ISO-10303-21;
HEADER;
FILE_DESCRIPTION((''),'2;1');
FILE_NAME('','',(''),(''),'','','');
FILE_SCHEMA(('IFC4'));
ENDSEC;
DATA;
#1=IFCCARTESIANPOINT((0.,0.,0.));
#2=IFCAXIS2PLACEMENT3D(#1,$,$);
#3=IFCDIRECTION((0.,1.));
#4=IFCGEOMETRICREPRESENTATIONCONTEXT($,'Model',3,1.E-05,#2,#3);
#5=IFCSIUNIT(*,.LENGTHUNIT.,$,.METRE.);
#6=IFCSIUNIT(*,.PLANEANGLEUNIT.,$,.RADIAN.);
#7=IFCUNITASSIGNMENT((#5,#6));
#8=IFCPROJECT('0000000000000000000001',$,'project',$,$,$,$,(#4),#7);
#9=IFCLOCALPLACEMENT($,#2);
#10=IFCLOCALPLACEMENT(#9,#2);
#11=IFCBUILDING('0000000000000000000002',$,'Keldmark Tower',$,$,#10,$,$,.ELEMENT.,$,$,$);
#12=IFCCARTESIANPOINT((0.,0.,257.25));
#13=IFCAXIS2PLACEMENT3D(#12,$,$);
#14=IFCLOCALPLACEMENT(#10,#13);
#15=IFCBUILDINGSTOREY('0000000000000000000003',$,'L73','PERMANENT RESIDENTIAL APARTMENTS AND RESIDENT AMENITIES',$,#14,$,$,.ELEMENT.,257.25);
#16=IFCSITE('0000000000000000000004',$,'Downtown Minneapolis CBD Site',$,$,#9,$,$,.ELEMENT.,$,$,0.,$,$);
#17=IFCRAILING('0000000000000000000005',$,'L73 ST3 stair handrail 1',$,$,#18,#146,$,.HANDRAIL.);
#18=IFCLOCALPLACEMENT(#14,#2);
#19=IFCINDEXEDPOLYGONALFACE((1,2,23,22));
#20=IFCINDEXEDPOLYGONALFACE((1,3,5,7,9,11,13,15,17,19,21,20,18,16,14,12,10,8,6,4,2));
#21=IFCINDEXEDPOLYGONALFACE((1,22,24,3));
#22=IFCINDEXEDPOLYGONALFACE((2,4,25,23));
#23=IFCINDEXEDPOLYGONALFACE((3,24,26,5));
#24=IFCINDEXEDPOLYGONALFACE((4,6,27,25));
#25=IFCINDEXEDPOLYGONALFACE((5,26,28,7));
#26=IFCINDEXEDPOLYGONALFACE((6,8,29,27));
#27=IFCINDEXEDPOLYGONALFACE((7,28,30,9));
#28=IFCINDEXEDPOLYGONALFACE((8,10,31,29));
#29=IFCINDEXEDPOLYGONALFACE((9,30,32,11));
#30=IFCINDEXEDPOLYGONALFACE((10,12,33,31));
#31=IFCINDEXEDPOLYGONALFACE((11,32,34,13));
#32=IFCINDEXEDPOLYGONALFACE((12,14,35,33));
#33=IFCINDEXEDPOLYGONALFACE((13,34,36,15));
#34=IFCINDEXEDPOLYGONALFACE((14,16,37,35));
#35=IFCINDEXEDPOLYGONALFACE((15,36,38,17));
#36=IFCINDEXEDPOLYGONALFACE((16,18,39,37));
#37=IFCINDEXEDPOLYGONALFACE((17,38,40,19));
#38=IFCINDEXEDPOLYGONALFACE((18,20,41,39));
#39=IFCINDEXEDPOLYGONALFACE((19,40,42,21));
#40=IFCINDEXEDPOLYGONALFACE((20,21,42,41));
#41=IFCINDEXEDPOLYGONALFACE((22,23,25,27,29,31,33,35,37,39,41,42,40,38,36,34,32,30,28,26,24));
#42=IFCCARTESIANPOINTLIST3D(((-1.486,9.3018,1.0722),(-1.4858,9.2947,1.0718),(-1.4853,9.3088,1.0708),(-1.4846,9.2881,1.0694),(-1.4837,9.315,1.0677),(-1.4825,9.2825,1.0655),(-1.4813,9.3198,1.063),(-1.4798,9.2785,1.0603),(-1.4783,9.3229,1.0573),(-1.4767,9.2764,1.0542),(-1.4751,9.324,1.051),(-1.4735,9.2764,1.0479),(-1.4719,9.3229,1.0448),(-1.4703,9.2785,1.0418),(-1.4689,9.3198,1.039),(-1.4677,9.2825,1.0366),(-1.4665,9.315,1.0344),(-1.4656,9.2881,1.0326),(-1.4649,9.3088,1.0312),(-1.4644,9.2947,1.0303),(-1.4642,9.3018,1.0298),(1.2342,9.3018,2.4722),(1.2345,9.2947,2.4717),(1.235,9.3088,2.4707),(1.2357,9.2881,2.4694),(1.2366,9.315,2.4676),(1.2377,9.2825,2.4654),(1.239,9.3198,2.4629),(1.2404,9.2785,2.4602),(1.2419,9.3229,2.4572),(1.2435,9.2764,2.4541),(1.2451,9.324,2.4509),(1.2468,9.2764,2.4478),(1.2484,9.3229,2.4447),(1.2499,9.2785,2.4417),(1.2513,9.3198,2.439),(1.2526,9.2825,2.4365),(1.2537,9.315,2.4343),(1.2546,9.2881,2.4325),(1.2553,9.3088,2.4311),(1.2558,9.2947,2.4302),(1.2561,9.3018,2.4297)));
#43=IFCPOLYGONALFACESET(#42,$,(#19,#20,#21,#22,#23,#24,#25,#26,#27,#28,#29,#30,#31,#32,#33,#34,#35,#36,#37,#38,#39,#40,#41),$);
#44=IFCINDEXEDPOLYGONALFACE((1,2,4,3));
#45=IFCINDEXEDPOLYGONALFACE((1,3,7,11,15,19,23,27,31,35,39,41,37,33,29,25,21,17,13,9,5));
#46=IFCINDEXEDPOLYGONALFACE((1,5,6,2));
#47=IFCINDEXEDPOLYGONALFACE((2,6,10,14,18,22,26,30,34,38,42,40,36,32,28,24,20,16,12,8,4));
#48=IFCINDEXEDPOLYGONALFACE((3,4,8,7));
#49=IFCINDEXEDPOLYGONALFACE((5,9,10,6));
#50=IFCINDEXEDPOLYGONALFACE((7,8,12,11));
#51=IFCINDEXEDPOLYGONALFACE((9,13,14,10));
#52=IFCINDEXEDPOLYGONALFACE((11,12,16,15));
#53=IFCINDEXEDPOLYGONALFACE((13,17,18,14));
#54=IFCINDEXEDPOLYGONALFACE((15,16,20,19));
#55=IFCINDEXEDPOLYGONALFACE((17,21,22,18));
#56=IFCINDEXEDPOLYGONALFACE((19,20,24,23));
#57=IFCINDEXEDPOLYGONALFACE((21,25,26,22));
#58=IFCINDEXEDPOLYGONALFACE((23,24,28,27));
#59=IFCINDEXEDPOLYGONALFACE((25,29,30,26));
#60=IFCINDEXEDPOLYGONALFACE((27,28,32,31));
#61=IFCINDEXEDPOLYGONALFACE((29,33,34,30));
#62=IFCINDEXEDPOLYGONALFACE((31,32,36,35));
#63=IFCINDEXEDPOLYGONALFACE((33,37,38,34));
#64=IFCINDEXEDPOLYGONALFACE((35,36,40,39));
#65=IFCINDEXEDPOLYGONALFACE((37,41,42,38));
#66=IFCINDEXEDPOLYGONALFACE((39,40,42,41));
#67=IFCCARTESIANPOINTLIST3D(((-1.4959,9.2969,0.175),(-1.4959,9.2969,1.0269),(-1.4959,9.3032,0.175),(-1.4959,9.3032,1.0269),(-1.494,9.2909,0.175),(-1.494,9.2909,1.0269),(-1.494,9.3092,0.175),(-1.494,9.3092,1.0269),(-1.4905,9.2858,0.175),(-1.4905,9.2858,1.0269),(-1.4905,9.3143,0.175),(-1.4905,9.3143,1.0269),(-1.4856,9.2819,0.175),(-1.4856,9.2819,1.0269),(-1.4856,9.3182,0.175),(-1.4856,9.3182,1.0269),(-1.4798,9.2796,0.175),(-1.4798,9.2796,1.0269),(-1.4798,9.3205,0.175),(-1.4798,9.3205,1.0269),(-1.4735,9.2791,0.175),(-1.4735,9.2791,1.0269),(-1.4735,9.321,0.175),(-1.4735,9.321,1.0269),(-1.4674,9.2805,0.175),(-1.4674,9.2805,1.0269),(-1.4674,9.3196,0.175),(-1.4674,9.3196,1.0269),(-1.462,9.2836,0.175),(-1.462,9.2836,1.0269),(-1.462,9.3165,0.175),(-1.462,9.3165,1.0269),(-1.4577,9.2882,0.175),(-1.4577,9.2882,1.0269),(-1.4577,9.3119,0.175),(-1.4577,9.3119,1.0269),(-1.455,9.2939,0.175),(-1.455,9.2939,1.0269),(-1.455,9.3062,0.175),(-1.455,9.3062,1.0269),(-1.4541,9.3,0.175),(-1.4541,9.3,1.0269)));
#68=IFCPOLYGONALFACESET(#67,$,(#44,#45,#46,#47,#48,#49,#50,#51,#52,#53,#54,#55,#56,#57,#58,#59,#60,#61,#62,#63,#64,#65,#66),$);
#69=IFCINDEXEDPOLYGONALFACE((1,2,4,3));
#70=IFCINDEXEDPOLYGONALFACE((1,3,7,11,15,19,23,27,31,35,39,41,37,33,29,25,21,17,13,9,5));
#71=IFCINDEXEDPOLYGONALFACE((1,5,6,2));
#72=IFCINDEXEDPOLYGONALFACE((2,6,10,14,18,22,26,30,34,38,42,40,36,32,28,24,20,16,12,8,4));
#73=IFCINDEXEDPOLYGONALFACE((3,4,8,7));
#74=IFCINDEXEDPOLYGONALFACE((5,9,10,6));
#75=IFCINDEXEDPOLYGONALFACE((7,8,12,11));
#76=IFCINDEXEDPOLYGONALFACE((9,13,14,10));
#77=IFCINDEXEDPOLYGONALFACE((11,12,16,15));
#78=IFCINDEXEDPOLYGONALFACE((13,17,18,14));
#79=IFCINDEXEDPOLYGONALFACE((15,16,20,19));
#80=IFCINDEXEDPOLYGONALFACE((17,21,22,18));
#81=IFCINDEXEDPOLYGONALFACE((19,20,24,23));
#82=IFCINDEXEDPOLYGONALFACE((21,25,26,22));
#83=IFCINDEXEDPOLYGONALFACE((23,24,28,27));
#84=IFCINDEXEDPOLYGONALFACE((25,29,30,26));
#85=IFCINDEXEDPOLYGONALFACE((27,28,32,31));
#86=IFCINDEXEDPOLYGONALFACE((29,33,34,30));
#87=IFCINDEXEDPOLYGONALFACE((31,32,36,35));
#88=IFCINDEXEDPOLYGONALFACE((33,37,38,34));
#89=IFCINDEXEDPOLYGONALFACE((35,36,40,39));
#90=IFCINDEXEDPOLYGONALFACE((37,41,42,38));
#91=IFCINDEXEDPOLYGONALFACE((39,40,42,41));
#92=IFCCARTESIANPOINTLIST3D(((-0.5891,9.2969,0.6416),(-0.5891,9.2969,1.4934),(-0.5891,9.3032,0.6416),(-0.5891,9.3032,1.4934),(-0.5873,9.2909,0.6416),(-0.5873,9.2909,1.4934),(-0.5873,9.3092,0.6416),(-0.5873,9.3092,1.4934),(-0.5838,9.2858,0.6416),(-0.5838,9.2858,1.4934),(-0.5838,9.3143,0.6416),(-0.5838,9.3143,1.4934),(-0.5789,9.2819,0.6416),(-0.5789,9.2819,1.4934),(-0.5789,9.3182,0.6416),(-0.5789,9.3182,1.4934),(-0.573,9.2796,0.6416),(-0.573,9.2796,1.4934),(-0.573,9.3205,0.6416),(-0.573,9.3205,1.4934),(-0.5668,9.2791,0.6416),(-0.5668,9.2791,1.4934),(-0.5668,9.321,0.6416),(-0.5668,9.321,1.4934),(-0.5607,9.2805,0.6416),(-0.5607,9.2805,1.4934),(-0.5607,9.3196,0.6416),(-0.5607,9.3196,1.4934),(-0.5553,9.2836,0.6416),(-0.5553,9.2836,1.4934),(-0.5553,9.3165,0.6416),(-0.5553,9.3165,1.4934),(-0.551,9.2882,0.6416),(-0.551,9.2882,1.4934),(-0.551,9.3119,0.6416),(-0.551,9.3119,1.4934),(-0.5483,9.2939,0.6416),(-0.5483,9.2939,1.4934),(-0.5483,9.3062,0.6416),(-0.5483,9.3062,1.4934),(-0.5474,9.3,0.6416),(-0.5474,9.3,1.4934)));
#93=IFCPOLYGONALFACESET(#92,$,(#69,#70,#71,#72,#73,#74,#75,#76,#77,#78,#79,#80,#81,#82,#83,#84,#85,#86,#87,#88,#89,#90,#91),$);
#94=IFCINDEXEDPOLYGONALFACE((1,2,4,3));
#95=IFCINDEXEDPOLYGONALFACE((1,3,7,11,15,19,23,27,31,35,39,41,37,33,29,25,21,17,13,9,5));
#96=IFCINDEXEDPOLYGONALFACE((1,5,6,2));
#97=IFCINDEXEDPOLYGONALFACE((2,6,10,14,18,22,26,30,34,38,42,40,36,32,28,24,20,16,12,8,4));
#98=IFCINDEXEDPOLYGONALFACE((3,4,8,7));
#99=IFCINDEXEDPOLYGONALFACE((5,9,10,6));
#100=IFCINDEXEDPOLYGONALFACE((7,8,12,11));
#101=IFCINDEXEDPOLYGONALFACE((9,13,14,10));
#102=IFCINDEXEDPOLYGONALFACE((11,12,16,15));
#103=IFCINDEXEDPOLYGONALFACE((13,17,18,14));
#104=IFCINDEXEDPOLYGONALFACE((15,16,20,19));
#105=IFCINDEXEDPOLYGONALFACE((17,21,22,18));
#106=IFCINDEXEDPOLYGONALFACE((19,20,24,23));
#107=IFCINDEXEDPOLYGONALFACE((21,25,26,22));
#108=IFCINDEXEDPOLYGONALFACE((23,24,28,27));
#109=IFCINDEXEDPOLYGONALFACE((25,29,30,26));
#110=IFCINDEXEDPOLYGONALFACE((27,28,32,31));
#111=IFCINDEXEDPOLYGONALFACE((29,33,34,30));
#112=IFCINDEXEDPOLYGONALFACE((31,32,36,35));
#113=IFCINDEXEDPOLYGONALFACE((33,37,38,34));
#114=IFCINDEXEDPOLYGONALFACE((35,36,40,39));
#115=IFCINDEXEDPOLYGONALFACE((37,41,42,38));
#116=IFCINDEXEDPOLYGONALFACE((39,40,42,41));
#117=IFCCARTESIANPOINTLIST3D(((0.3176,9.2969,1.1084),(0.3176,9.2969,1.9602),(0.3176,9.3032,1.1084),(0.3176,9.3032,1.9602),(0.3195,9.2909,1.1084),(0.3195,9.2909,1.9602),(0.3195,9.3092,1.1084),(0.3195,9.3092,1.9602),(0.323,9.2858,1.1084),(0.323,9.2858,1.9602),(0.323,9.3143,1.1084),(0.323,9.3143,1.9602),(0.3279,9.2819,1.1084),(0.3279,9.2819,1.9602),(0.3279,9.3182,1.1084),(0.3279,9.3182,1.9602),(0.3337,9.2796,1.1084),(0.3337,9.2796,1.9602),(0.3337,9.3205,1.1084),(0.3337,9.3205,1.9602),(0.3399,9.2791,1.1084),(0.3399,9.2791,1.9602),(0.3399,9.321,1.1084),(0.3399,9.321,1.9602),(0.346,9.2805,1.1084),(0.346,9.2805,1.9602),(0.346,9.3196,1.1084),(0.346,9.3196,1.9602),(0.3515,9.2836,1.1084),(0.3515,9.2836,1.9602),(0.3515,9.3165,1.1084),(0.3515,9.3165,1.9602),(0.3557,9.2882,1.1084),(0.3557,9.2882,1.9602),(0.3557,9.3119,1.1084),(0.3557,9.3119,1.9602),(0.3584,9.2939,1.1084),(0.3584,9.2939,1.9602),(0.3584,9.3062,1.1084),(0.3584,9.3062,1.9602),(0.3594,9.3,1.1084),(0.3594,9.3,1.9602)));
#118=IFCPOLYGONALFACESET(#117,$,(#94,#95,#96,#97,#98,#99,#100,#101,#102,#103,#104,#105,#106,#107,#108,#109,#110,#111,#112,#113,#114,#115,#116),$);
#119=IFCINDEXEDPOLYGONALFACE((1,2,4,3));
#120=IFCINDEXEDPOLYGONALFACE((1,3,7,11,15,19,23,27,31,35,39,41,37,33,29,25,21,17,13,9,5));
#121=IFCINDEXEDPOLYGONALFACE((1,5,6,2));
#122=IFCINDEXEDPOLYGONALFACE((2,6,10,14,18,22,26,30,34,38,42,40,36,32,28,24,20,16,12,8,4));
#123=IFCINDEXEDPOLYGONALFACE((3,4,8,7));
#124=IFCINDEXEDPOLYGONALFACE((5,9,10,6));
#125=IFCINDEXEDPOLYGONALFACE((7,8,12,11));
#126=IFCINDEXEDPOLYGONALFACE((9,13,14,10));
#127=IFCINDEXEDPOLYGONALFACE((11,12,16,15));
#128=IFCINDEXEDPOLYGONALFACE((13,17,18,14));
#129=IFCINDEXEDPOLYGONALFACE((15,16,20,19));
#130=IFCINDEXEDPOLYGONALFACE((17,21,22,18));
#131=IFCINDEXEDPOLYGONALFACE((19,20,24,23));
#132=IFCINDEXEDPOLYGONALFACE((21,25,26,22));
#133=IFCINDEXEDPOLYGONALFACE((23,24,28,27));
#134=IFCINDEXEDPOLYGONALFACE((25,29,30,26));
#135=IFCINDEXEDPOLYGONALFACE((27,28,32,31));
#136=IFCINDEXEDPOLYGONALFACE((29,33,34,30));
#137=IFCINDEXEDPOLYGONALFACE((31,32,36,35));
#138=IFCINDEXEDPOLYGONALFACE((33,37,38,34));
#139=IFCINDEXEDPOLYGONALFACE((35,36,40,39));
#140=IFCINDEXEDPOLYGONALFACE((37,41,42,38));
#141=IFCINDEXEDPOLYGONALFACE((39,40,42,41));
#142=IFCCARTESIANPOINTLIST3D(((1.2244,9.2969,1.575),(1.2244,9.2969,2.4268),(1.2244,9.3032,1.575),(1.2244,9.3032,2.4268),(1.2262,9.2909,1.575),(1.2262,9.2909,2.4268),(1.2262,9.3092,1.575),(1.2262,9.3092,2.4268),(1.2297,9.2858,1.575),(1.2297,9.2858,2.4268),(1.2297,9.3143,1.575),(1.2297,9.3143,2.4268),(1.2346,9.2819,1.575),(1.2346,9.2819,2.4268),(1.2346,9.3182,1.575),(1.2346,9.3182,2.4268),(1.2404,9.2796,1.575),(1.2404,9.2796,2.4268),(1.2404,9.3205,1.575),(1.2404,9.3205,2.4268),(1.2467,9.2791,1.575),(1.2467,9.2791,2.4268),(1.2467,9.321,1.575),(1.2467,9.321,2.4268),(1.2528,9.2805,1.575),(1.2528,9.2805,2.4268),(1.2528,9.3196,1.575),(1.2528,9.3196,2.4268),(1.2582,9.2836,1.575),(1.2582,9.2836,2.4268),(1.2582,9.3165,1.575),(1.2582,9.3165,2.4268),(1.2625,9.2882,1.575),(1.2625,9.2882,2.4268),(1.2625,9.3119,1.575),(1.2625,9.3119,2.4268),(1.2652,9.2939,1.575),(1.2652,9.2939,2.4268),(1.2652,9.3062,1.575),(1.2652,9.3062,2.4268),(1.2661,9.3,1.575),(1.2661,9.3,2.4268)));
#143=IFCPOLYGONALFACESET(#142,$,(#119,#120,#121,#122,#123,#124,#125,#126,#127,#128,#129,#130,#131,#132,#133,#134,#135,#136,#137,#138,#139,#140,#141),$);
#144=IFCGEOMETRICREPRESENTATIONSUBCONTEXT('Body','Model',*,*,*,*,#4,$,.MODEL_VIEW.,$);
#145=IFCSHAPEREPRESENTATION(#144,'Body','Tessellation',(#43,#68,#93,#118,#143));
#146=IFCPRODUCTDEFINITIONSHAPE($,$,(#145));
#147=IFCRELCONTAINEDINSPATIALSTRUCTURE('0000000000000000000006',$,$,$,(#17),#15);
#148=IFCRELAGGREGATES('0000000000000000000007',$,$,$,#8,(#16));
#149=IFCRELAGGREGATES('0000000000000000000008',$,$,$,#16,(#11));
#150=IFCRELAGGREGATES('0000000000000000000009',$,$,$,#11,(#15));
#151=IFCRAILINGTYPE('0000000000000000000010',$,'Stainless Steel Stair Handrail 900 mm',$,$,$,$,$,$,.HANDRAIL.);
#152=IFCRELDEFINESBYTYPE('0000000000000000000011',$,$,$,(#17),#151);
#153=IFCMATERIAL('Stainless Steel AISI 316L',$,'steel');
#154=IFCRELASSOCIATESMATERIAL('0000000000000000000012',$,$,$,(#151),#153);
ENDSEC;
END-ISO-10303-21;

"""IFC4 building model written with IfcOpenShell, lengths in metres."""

from ifc_helpers import new_model, si_unit, direction, frame, origin, origin_2d, place, context, subcontext, project, spatial, circle, extrude, material, type_object, element, save


model = new_model("IFC4")

# Units and contexts
model_context = context("Model", 3, precision=1e-05, world=origin(), true_north=direction((0.0, 1.0)))
body_context = subcontext(model_context, "Body", "Model", "MODEL_VIEW")
ifc_project = project(units=[si_unit("LENGTHUNIT", "METRE"), si_unit("PLANEANGLEUNIT", "RADIAN")], contexts=[model_context])

# Site, building, storey
site_placement = place(None, origin())
site = spatial("IfcSite", under=ifc_project, at=site_placement, Name="Downtown Minneapolis CBD Site", CompositionType="ELEMENT", RefElevation=0.0)
building_placement = place(site_placement, origin())
building = spatial("IfcBuilding", under=site, at=building_placement, Name="Keldmark Tower", CompositionType="ELEMENT")
storey_placement = place(building_placement, frame((0.0, 0.0, 257.25)))
storey = spatial("IfcBuildingStorey", under=building, at=storey_placement, Name="L73", Description="PERMANENT RESIDENTIAL APARTMENTS AND RESIDENT AMENITIES", CompositionType="ELEMENT", Elevation=257.25)

# Railing
ifc_material_1 = material(Name="Stainless Steel AISI 316L", Category="steel")
railing_type_1 = type_object("IfcRailingType", Name="Stainless Steel Stair Handrail 900 mm", PredefinedType="HANDRAIL", material=ifc_material_1)
railing_1_placement = place(storey_placement, frame((-1.4751, 9.3, 0.175)))
element("IfcRailing", 1, at=railing_1_placement, inside=storey, type_object=railing_type_1, Name="L73 ST3 stair handrail 1", PredefinedType="HANDRAIL", context=body_context, shape_type="SweptSolid", body=[
    extrude(circle(Radius=0.0239, at=origin_2d()), frame((0.0, 0.0, 0.876), z_axis=(0.889164, 0.0, 0.45759), x_axis=(0.0, 1.0, 0.0)), (0.0, 0.0, 1.0), 3.0593),
    extrude(circle(Radius=0.021, at=origin_2d()), origin(), (0.0, 0.0, 1.0), 0.8518),
    extrude(circle(Radius=0.021, at=origin_2d()), frame((0.9067, 0.0, 0.4666)), (0.0, 0.0, 1.0), 0.8518),
    extrude(circle(Radius=0.021, at=origin_2d()), frame((1.8135, 0.0, 0.9333)), (0.0, 0.0, 1.0), 0.8518),
    extrude(circle(Radius=0.021, at=origin_2d()), frame((2.7202, 0.0, 1.3999)), (0.0, 0.0, 1.0), 0.8518),
])

save(model, "model.ifc")
